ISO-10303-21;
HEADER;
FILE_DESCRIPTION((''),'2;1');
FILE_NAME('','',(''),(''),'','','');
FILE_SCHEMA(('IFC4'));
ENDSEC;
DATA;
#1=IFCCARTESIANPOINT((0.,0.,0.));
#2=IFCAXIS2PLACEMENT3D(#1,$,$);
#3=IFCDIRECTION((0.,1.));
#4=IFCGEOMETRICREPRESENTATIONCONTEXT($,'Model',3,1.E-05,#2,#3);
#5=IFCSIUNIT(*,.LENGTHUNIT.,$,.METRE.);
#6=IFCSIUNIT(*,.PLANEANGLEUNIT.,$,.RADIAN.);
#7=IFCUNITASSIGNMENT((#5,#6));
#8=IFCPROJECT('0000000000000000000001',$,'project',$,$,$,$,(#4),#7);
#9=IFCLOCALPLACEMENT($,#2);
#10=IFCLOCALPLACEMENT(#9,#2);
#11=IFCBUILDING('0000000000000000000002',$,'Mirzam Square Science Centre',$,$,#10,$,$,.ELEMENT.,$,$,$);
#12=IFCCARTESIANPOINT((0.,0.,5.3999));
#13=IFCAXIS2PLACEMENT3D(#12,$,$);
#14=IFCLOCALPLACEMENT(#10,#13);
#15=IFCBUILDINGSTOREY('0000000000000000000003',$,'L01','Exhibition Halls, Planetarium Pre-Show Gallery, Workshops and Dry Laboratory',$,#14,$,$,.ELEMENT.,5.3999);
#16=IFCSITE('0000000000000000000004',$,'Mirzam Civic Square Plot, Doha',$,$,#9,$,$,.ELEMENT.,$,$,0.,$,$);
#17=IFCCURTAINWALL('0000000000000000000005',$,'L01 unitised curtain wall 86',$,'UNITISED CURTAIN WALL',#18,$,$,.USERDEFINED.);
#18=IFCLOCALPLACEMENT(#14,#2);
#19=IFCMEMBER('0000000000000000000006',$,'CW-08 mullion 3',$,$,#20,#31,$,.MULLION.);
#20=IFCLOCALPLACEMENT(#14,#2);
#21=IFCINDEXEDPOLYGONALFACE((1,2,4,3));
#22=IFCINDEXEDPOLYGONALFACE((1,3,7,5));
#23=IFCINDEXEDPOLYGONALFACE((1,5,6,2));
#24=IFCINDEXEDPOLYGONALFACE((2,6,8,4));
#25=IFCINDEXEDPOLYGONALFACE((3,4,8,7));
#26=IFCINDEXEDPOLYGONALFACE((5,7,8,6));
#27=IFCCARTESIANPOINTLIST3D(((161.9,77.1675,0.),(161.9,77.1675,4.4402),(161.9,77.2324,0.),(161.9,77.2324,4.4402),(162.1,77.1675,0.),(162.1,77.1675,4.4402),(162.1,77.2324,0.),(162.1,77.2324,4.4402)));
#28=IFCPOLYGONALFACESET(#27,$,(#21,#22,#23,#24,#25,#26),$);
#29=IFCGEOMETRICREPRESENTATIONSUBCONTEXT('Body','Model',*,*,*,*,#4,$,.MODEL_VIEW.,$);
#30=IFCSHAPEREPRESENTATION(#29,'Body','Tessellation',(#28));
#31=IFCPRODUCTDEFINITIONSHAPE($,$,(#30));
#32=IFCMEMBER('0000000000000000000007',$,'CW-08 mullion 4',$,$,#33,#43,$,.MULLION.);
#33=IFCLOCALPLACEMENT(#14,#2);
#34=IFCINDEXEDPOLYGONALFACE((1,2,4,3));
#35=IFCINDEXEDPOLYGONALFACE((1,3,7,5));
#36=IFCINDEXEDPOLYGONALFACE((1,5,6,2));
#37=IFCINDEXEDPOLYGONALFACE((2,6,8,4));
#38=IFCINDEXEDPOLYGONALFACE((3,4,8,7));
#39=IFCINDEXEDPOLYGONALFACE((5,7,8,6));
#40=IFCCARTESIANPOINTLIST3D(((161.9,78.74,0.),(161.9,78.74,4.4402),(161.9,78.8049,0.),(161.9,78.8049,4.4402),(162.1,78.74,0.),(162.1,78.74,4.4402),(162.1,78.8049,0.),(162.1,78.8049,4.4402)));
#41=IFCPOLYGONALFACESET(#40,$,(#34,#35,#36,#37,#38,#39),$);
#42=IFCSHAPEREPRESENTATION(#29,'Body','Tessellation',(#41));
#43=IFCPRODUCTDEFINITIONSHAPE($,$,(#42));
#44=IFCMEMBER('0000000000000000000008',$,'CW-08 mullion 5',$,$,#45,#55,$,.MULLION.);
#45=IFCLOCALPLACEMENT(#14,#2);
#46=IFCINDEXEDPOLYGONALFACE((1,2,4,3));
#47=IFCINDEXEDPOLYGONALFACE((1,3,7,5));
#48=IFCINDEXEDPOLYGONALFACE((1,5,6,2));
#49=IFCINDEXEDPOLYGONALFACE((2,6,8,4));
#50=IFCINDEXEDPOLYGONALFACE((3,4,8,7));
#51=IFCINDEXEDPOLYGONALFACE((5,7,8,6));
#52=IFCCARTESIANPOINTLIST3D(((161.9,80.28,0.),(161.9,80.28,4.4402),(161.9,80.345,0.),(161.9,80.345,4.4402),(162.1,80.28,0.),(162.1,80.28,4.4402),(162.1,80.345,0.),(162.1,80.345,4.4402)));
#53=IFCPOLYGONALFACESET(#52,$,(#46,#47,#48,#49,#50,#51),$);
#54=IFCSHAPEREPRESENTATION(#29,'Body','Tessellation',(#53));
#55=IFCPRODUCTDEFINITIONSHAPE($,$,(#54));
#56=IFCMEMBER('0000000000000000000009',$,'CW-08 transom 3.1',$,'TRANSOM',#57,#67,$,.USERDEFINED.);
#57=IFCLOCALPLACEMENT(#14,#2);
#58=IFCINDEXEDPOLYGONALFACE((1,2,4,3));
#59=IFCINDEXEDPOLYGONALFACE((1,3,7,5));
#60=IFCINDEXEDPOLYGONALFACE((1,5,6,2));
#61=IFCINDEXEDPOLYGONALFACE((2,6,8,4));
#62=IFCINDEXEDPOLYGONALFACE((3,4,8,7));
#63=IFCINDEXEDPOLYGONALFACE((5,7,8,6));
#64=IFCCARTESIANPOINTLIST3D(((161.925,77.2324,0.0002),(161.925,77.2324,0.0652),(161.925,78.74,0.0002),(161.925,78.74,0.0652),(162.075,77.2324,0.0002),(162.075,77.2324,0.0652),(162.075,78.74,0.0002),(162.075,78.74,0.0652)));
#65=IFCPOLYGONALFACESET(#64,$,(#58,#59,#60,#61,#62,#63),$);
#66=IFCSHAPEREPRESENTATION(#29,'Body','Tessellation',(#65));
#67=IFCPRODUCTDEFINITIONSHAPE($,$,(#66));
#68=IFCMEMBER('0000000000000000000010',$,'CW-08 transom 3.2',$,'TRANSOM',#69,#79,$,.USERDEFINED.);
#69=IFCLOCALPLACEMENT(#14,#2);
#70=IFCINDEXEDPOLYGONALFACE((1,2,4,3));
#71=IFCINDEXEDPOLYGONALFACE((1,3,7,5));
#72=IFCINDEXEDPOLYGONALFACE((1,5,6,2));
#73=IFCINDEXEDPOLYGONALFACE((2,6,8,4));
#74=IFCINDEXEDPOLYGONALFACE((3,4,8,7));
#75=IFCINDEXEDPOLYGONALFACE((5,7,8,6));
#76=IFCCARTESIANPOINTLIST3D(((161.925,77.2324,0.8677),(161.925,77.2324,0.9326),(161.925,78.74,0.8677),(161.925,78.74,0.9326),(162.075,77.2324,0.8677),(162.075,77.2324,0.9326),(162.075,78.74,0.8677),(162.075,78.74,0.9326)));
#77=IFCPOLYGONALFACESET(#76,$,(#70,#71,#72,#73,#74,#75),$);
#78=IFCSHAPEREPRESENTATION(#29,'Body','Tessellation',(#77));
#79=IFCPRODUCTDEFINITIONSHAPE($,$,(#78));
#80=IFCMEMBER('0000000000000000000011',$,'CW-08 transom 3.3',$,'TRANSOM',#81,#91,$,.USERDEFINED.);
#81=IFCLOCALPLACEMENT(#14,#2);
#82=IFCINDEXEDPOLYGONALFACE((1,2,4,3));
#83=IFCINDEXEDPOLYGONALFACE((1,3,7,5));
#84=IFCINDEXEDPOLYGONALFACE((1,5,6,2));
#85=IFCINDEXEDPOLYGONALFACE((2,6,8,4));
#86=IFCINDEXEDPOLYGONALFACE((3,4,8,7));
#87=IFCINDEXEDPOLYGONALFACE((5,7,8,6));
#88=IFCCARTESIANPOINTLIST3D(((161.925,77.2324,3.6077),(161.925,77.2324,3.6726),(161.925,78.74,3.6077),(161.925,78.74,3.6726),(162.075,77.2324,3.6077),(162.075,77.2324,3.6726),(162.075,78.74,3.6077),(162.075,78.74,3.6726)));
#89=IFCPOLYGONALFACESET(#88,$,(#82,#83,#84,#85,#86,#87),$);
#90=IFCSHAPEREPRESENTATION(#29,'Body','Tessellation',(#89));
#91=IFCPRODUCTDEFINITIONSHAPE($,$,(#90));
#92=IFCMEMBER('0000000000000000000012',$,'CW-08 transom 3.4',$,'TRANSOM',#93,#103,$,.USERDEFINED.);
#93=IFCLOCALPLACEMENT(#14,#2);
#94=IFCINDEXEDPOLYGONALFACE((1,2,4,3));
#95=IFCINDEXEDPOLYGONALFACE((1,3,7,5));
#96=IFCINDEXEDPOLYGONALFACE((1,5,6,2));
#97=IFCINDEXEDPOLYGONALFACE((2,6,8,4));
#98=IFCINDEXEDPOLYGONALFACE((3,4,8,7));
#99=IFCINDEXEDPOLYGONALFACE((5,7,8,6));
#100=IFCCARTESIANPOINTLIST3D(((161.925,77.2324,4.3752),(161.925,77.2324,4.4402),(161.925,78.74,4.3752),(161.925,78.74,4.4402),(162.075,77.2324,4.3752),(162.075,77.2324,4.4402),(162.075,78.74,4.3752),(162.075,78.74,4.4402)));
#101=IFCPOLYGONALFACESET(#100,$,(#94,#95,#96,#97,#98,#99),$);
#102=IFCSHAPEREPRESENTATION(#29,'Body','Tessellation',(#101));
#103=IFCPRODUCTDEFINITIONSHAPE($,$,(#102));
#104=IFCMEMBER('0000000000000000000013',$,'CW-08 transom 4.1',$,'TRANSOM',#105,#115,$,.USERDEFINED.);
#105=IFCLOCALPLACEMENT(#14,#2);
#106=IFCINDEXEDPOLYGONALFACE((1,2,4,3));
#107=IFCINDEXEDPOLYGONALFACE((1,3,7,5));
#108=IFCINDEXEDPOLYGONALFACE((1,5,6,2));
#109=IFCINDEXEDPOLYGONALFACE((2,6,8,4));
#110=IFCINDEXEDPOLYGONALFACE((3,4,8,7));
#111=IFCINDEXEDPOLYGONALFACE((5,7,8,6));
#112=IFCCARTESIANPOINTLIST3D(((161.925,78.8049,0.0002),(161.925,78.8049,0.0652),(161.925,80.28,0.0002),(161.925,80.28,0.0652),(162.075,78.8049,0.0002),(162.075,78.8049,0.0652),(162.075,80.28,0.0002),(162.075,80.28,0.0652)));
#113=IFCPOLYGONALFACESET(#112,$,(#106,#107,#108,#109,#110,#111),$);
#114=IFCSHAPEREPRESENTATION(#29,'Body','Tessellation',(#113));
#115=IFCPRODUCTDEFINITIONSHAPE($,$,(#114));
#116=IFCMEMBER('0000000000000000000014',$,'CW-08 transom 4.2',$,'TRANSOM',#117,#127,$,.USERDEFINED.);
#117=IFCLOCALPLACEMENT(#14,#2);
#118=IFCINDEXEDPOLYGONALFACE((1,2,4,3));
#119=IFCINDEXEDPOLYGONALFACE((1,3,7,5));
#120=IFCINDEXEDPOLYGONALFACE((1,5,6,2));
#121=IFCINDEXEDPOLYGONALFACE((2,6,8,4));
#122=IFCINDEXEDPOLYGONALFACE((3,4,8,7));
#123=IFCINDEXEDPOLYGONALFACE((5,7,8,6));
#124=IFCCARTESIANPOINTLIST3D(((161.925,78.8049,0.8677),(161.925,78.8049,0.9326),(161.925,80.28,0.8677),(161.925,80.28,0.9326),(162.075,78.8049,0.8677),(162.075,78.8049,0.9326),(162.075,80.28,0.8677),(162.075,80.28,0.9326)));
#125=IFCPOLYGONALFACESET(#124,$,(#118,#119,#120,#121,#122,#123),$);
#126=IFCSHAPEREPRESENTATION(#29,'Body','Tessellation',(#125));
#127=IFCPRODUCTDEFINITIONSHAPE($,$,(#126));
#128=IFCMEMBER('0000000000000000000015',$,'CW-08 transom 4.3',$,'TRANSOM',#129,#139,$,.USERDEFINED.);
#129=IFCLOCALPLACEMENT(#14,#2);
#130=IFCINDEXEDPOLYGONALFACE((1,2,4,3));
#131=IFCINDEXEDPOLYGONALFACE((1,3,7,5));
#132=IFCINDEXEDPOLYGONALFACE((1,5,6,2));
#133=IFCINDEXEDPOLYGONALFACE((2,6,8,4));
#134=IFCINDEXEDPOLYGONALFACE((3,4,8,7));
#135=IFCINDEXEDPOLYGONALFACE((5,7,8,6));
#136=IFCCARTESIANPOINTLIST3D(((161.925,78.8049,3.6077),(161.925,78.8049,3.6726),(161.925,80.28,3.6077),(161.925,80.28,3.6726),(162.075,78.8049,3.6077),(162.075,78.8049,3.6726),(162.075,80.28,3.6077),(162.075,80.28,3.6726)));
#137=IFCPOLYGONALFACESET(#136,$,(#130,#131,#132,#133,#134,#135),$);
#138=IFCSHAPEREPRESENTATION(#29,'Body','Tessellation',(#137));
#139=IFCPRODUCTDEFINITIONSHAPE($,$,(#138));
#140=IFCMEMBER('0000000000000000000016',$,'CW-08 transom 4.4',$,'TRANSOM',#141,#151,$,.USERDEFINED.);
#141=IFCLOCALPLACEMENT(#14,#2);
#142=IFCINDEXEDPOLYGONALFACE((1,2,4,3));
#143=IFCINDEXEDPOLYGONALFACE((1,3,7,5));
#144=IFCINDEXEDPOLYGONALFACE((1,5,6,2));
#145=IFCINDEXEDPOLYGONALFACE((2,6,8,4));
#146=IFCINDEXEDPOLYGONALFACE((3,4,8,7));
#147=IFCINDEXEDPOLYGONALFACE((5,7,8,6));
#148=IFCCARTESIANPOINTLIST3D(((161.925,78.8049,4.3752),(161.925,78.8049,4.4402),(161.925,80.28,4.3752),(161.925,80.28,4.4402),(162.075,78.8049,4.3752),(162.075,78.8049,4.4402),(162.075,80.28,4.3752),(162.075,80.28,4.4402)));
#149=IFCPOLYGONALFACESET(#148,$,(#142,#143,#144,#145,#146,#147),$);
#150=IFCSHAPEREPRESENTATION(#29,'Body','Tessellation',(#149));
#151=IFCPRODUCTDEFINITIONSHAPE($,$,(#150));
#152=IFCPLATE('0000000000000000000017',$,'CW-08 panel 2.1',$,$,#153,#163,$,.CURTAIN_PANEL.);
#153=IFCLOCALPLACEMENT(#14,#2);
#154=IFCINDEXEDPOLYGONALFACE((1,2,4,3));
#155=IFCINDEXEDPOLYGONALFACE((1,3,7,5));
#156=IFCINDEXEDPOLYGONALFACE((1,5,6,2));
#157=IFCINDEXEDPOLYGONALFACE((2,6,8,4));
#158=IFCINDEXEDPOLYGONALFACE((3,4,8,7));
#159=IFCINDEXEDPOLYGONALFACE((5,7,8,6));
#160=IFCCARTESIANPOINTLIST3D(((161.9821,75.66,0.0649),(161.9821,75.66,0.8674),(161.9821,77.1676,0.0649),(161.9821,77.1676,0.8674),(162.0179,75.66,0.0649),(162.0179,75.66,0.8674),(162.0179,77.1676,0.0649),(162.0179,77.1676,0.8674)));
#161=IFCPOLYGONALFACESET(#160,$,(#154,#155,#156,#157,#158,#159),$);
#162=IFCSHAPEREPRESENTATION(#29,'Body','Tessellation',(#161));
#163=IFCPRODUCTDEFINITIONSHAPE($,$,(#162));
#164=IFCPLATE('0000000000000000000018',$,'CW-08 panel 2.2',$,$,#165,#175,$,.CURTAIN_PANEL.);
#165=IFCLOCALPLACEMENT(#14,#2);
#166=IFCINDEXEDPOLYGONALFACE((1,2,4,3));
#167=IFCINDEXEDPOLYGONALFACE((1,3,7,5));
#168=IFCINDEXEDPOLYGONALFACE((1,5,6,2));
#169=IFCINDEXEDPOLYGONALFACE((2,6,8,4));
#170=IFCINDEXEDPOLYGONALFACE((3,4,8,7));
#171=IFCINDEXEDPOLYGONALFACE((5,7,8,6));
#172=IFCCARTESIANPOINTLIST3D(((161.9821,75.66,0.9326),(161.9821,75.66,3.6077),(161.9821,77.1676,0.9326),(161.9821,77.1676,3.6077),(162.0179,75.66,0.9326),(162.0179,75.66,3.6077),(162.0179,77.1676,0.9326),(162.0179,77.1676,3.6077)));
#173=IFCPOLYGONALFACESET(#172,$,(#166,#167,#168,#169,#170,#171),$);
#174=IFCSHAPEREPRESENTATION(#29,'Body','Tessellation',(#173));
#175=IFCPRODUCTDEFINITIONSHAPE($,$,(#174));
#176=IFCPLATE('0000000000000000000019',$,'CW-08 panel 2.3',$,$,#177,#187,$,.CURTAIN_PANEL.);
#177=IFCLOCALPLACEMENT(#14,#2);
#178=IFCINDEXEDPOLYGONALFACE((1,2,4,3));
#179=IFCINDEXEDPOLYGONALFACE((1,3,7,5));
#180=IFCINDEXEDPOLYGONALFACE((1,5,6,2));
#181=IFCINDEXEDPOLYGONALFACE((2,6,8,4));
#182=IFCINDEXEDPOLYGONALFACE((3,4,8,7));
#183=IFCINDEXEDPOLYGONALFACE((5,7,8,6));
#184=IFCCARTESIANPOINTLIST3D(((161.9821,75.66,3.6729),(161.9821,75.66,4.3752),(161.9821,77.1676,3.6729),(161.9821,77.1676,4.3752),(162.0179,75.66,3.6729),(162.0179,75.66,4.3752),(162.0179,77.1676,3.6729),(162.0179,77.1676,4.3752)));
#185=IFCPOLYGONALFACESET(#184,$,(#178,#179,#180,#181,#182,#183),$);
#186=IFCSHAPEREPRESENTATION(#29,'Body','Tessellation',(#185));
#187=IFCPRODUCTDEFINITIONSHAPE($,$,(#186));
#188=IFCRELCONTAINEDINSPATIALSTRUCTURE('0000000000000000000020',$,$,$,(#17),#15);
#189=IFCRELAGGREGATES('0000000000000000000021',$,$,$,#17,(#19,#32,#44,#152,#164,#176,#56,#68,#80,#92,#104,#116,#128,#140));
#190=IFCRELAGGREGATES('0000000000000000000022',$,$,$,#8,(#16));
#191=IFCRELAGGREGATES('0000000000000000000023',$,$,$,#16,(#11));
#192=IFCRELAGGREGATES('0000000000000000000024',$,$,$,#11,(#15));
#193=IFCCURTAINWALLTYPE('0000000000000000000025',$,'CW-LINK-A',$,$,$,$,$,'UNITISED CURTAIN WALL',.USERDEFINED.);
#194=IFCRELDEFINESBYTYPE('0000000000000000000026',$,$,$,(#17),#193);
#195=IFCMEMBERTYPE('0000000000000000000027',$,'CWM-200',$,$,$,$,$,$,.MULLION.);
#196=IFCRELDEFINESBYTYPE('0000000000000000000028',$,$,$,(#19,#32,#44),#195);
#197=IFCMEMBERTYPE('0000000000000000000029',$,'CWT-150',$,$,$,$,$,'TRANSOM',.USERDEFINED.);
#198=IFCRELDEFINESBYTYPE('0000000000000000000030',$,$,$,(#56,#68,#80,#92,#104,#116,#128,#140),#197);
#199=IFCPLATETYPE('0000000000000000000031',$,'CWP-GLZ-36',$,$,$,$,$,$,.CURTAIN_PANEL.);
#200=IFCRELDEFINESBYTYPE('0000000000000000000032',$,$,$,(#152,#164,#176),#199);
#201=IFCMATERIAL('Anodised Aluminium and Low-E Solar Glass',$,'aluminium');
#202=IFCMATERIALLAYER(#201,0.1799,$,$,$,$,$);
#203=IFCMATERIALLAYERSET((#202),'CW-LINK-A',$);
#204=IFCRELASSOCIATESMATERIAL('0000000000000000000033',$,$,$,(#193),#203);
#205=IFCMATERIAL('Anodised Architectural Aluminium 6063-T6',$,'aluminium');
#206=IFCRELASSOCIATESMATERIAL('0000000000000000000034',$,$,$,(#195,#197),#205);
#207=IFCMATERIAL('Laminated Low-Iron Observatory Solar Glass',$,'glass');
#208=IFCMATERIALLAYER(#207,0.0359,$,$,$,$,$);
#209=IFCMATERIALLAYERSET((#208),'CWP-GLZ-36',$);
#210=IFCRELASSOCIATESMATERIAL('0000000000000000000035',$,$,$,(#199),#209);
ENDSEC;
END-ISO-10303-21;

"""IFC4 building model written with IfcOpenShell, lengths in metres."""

from ifc_helpers import new_model, si_unit, direction, frame, origin, origin_2d, place, context, subcontext, project, spatial, rectangle, extrude, material, layer, layer_set, material_profile, profile_set, type_object, element, aggregate, save


model = new_model("IFC4")

# Units and contexts
model_context = context("Model", 3, precision=1e-05, world=origin(), true_north=direction((0.0, 1.0)))
body_context = subcontext(model_context, "Body", "Model", "MODEL_VIEW")
ifc_project = project(units=[si_unit("LENGTHUNIT", "METRE"), si_unit("PLANEANGLEUNIT", "RADIAN")], contexts=[model_context])

# Site, building, storey
site_placement = place(None, origin())
site = spatial("IfcSite", under=ifc_project, at=site_placement, Name="Mirzam Civic Square Plot, Doha", CompositionType="ELEMENT", RefElevation=0.0)
building_placement = place(site_placement, origin())
building = spatial("IfcBuilding", under=site, at=building_placement, Name="Mirzam Square Science Centre", CompositionType="ELEMENT")
storey_placement = place(building_placement, frame((0.0, 0.0, 5.3999)))
storey = spatial("IfcBuildingStorey", under=building, at=storey_placement, Name="L01", Description="Exhibition Halls, Planetarium Pre-Show Gallery, Workshops and Dry Laboratory", CompositionType="ELEMENT", Elevation=5.3999)

# Curtain wall, members, plates
ifc_material_1 = material(Name="Anodised Aluminium and Low-E Solar Glass", Category="aluminium")
ifc_layer_1 = layer(ifc_material_1, 0.1799)
ifc_layer_set_1 = layer_set([ifc_layer_1], Name="CW-LINK-A")
curtain_wall_type = type_object("IfcCurtainWallType", Name="CW-LINK-A", ElementType="UNITISED CURTAIN WALL", PredefinedType="USERDEFINED", material=ifc_layer_set_1)
curtain_wall_placement = place(storey_placement, origin())
curtain_wall = element("IfcCurtainWall", 1, at=curtain_wall_placement, inside=storey, type_object=curtain_wall_type, Name="L01 unitised curtain wall 86", ObjectType="UNITISED CURTAIN WALL", PredefinedType="USERDEFINED")
ifc_material_2 = material(Name="Anodised Architectural Aluminium 6063-T6", Category="aluminium")
ifc_material_profile_1 = material_profile(ifc_material_2, rectangle(XDim=0.0649, YDim=0.2, at=origin_2d()), Name="ALU-MULL-200x65x5")
ifc_profile_set_1 = profile_set([ifc_material_profile_1], Name="Anodised Architectural Aluminium 6063-T6")
member_type_1 = type_object("IfcMemberType", Name="CWM-200", PredefinedType="MULLION", material=ifc_profile_set_1)
member_1_placement = place(storey_placement, frame((162.0, 77.2, 0.0), z_axis=(0.0, 0.0, 1.0), x_axis=(0.0, 1.0, 0.0)))
member_1 = element("IfcMember", 2, at=member_1_placement, type_object=member_type_1, Name="CW-08 mullion 3", PredefinedType="MULLION", context=body_context, shape_type="SweptSolid", body=[
    extrude(rectangle(XDim=0.0649, YDim=0.2, at=origin_2d()), origin(), (0.0, 0.0, 1.0), 4.4402),
])
member_2_placement = place(storey_placement, frame((162.0, 78.7725, 0.0), z_axis=(0.0, 0.0, 1.0), x_axis=(0.0, 1.0, 0.0)))
member_2 = element("IfcMember", 3, at=member_2_placement, type_object=member_type_1, Name="CW-08 mullion 4", PredefinedType="MULLION", context=body_context, shape_type="SweptSolid", body=[
    extrude(rectangle(XDim=0.0649, YDim=0.2, at=origin_2d()), origin(), (0.0, 0.0, 1.0), 4.4402),
])
member_3_placement = place(storey_placement, frame((162.0, 80.3125, 0.0), z_axis=(0.0, 0.0, 1.0), x_axis=(0.0, 1.0, 0.0)))
member_3 = element("IfcMember", 4, at=member_3_placement, type_object=member_type_1, Name="CW-08 mullion 5", PredefinedType="MULLION", context=body_context, shape_type="SweptSolid", body=[
    extrude(rectangle(XDim=0.0649, YDim=0.2, at=origin_2d()), origin(), (0.0, 0.0, 1.0), 4.4402),
])
ifc_material_profile_2 = material_profile(ifc_material_2, rectangle(XDim=0.1499, YDim=0.0649, at=origin_2d()), Name="ALU-TRAN-150x65x4")
ifc_profile_set_2 = profile_set([ifc_material_profile_2], Name="Anodised Architectural Aluminium 6063-T6")
member_type_2 = type_object("IfcMemberType", Name="CWT-150", ElementType="TRANSOM", PredefinedType="USERDEFINED", material=ifc_profile_set_2)
member_4_placement = place(storey_placement, frame((162.0, 77.2324, 0.0327), z_axis=(0.0, 1.0, 0.0), x_axis=(-1.0, 0.0, 0.0)))
member_4 = element("IfcMember", 5, at=member_4_placement, type_object=member_type_2, Name="CW-08 transom 3.1", ObjectType="TRANSOM", PredefinedType="USERDEFINED", context=body_context, shape_type="SweptSolid", body=[
    extrude(rectangle(XDim=0.1499, YDim=0.0649, at=origin_2d()), origin(), (0.0, 0.0, 1.0), 1.5076),
])
member_5_placement = place(storey_placement, frame((162.0, 77.2324, 0.9001), z_axis=(0.0, 1.0, 0.0), x_axis=(-1.0, 0.0, 0.0)))
member_5 = element("IfcMember", 6, at=member_5_placement, type_object=member_type_2, Name="CW-08 transom 3.2", ObjectType="TRANSOM", PredefinedType="USERDEFINED", context=body_context, shape_type="SweptSolid", body=[
    extrude(rectangle(XDim=0.1499, YDim=0.0649, at=origin_2d()), origin(), (0.0, 0.0, 1.0), 1.5076),
])
member_6_placement = place(storey_placement, frame((162.0, 77.2324, 3.6401), z_axis=(0.0, 1.0, 0.0), x_axis=(-1.0, 0.0, 0.0)))
member_6 = element("IfcMember", 7, at=member_6_placement, type_object=member_type_2, Name="CW-08 transom 3.3", ObjectType="TRANSOM", PredefinedType="USERDEFINED", context=body_context, shape_type="SweptSolid", body=[
    extrude(rectangle(XDim=0.1499, YDim=0.0649, at=origin_2d()), origin(), (0.0, 0.0, 1.0), 1.5076),
])
member_7_placement = place(storey_placement, frame((162.0, 77.2324, 4.4077), z_axis=(0.0, 1.0, 0.0), x_axis=(-1.0, 0.0, 0.0)))
member_7 = element("IfcMember", 8, at=member_7_placement, type_object=member_type_2, Name="CW-08 transom 3.4", ObjectType="TRANSOM", PredefinedType="USERDEFINED", context=body_context, shape_type="SweptSolid", body=[
    extrude(rectangle(XDim=0.1499, YDim=0.0649, at=origin_2d()), origin(), (0.0, 0.0, 1.0), 1.5076),
])
member_8_placement = place(storey_placement, frame((162.0, 78.8049, 0.0327), z_axis=(0.0, 1.0, 0.0), x_axis=(-1.0, 0.0, 0.0)))
member_8 = element("IfcMember", 9, at=member_8_placement, type_object=member_type_2, Name="CW-08 transom 4.1", ObjectType="TRANSOM", PredefinedType="USERDEFINED", context=body_context, shape_type="SweptSolid", body=[
    extrude(rectangle(XDim=0.1499, YDim=0.0649, at=origin_2d()), origin(), (0.0, 0.0, 1.0), 1.4751),
])
member_9_placement = place(storey_placement, frame((162.0, 78.8049, 0.9001), z_axis=(0.0, 1.0, 0.0), x_axis=(-1.0, 0.0, 0.0)))
member_9 = element("IfcMember", 10, at=member_9_placement, type_object=member_type_2, Name="CW-08 transom 4.2", ObjectType="TRANSOM", PredefinedType="USERDEFINED", context=body_context, shape_type="SweptSolid", body=[
    extrude(rectangle(XDim=0.1499, YDim=0.0649, at=origin_2d()), origin(), (0.0, 0.0, 1.0), 1.4751),
])
member_10_placement = place(storey_placement, frame((162.0, 78.8049, 3.6401), z_axis=(0.0, 1.0, 0.0), x_axis=(-1.0, 0.0, 0.0)))
member_10 = element("IfcMember", 11, at=member_10_placement, type_object=member_type_2, Name="CW-08 transom 4.3", ObjectType="TRANSOM", PredefinedType="USERDEFINED", context=body_context, shape_type="SweptSolid", body=[
    extrude(rectangle(XDim=0.1499, YDim=0.0649, at=origin_2d()), origin(), (0.0, 0.0, 1.0), 1.4751),
])
member_11_placement = place(storey_placement, frame((162.0, 78.8049, 4.4077), z_axis=(0.0, 1.0, 0.0), x_axis=(-1.0, 0.0, 0.0)))
member_11 = element("IfcMember", 12, at=member_11_placement, type_object=member_type_2, Name="CW-08 transom 4.4", ObjectType="TRANSOM", PredefinedType="USERDEFINED", context=body_context, shape_type="SweptSolid", body=[
    extrude(rectangle(XDim=0.1499, YDim=0.0649, at=origin_2d()), origin(), (0.0, 0.0, 1.0), 1.4751),
])
ifc_material_3 = material(Name="Laminated Low-Iron Observatory Solar Glass", Category="glass")
ifc_layer_2 = layer(ifc_material_3, 0.0359)
ifc_layer_set_2 = layer_set([ifc_layer_2], Name="CWP-GLZ-36")
plate_type = type_object("IfcPlateType", Name="CWP-GLZ-36", PredefinedType="CURTAIN_PANEL", material=ifc_layer_set_2)
plate_1_placement = place(storey_placement, frame((162.0, 76.4138, 0.0649), z_axis=(0.0, 0.0, 1.0), x_axis=(0.0, 1.0, 0.0)))
plate_1 = element("IfcPlate", 13, at=plate_1_placement, type_object=plate_type, Name="CW-08 panel 2.1", PredefinedType="CURTAIN_PANEL", context=body_context, shape_type="SweptSolid", body=[
    extrude(rectangle(XDim=1.5076, YDim=0.0359, at=origin_2d()), origin(), (0.0, 0.0, 1.0), 0.8025),
])
plate_2_placement = place(storey_placement, frame((162.0, 76.4138, 0.9326), z_axis=(0.0, 0.0, 1.0), x_axis=(0.0, 1.0, 0.0)))
plate_2 = element("IfcPlate", 14, at=plate_2_placement, type_object=plate_type, Name="CW-08 panel 2.2", PredefinedType="CURTAIN_PANEL", context=body_context, shape_type="SweptSolid", body=[
    extrude(rectangle(XDim=1.5076, YDim=0.0359, at=origin_2d()), origin(), (0.0, 0.0, 1.0), 2.675),
])
plate_3_placement = place(storey_placement, frame((162.0, 76.4138, 3.6729), z_axis=(0.0, 0.0, 1.0), x_axis=(0.0, 1.0, 0.0)))
plate_3 = element("IfcPlate", 15, at=plate_3_placement, type_object=plate_type, Name="CW-08 panel 2.3", PredefinedType="CURTAIN_PANEL", context=body_context, shape_type="SweptSolid", body=[
    extrude(rectangle(XDim=1.5076, YDim=0.0359, at=origin_2d()), origin(), (0.0, 0.0, 1.0), 0.7024),
])
aggregate(curtain_wall, [member_1, member_2, member_3, plate_1, plate_2, plate_3, member_4, member_5, member_6, member_7, member_8, member_9, member_10, member_11])

save(model, "model.ifc")
